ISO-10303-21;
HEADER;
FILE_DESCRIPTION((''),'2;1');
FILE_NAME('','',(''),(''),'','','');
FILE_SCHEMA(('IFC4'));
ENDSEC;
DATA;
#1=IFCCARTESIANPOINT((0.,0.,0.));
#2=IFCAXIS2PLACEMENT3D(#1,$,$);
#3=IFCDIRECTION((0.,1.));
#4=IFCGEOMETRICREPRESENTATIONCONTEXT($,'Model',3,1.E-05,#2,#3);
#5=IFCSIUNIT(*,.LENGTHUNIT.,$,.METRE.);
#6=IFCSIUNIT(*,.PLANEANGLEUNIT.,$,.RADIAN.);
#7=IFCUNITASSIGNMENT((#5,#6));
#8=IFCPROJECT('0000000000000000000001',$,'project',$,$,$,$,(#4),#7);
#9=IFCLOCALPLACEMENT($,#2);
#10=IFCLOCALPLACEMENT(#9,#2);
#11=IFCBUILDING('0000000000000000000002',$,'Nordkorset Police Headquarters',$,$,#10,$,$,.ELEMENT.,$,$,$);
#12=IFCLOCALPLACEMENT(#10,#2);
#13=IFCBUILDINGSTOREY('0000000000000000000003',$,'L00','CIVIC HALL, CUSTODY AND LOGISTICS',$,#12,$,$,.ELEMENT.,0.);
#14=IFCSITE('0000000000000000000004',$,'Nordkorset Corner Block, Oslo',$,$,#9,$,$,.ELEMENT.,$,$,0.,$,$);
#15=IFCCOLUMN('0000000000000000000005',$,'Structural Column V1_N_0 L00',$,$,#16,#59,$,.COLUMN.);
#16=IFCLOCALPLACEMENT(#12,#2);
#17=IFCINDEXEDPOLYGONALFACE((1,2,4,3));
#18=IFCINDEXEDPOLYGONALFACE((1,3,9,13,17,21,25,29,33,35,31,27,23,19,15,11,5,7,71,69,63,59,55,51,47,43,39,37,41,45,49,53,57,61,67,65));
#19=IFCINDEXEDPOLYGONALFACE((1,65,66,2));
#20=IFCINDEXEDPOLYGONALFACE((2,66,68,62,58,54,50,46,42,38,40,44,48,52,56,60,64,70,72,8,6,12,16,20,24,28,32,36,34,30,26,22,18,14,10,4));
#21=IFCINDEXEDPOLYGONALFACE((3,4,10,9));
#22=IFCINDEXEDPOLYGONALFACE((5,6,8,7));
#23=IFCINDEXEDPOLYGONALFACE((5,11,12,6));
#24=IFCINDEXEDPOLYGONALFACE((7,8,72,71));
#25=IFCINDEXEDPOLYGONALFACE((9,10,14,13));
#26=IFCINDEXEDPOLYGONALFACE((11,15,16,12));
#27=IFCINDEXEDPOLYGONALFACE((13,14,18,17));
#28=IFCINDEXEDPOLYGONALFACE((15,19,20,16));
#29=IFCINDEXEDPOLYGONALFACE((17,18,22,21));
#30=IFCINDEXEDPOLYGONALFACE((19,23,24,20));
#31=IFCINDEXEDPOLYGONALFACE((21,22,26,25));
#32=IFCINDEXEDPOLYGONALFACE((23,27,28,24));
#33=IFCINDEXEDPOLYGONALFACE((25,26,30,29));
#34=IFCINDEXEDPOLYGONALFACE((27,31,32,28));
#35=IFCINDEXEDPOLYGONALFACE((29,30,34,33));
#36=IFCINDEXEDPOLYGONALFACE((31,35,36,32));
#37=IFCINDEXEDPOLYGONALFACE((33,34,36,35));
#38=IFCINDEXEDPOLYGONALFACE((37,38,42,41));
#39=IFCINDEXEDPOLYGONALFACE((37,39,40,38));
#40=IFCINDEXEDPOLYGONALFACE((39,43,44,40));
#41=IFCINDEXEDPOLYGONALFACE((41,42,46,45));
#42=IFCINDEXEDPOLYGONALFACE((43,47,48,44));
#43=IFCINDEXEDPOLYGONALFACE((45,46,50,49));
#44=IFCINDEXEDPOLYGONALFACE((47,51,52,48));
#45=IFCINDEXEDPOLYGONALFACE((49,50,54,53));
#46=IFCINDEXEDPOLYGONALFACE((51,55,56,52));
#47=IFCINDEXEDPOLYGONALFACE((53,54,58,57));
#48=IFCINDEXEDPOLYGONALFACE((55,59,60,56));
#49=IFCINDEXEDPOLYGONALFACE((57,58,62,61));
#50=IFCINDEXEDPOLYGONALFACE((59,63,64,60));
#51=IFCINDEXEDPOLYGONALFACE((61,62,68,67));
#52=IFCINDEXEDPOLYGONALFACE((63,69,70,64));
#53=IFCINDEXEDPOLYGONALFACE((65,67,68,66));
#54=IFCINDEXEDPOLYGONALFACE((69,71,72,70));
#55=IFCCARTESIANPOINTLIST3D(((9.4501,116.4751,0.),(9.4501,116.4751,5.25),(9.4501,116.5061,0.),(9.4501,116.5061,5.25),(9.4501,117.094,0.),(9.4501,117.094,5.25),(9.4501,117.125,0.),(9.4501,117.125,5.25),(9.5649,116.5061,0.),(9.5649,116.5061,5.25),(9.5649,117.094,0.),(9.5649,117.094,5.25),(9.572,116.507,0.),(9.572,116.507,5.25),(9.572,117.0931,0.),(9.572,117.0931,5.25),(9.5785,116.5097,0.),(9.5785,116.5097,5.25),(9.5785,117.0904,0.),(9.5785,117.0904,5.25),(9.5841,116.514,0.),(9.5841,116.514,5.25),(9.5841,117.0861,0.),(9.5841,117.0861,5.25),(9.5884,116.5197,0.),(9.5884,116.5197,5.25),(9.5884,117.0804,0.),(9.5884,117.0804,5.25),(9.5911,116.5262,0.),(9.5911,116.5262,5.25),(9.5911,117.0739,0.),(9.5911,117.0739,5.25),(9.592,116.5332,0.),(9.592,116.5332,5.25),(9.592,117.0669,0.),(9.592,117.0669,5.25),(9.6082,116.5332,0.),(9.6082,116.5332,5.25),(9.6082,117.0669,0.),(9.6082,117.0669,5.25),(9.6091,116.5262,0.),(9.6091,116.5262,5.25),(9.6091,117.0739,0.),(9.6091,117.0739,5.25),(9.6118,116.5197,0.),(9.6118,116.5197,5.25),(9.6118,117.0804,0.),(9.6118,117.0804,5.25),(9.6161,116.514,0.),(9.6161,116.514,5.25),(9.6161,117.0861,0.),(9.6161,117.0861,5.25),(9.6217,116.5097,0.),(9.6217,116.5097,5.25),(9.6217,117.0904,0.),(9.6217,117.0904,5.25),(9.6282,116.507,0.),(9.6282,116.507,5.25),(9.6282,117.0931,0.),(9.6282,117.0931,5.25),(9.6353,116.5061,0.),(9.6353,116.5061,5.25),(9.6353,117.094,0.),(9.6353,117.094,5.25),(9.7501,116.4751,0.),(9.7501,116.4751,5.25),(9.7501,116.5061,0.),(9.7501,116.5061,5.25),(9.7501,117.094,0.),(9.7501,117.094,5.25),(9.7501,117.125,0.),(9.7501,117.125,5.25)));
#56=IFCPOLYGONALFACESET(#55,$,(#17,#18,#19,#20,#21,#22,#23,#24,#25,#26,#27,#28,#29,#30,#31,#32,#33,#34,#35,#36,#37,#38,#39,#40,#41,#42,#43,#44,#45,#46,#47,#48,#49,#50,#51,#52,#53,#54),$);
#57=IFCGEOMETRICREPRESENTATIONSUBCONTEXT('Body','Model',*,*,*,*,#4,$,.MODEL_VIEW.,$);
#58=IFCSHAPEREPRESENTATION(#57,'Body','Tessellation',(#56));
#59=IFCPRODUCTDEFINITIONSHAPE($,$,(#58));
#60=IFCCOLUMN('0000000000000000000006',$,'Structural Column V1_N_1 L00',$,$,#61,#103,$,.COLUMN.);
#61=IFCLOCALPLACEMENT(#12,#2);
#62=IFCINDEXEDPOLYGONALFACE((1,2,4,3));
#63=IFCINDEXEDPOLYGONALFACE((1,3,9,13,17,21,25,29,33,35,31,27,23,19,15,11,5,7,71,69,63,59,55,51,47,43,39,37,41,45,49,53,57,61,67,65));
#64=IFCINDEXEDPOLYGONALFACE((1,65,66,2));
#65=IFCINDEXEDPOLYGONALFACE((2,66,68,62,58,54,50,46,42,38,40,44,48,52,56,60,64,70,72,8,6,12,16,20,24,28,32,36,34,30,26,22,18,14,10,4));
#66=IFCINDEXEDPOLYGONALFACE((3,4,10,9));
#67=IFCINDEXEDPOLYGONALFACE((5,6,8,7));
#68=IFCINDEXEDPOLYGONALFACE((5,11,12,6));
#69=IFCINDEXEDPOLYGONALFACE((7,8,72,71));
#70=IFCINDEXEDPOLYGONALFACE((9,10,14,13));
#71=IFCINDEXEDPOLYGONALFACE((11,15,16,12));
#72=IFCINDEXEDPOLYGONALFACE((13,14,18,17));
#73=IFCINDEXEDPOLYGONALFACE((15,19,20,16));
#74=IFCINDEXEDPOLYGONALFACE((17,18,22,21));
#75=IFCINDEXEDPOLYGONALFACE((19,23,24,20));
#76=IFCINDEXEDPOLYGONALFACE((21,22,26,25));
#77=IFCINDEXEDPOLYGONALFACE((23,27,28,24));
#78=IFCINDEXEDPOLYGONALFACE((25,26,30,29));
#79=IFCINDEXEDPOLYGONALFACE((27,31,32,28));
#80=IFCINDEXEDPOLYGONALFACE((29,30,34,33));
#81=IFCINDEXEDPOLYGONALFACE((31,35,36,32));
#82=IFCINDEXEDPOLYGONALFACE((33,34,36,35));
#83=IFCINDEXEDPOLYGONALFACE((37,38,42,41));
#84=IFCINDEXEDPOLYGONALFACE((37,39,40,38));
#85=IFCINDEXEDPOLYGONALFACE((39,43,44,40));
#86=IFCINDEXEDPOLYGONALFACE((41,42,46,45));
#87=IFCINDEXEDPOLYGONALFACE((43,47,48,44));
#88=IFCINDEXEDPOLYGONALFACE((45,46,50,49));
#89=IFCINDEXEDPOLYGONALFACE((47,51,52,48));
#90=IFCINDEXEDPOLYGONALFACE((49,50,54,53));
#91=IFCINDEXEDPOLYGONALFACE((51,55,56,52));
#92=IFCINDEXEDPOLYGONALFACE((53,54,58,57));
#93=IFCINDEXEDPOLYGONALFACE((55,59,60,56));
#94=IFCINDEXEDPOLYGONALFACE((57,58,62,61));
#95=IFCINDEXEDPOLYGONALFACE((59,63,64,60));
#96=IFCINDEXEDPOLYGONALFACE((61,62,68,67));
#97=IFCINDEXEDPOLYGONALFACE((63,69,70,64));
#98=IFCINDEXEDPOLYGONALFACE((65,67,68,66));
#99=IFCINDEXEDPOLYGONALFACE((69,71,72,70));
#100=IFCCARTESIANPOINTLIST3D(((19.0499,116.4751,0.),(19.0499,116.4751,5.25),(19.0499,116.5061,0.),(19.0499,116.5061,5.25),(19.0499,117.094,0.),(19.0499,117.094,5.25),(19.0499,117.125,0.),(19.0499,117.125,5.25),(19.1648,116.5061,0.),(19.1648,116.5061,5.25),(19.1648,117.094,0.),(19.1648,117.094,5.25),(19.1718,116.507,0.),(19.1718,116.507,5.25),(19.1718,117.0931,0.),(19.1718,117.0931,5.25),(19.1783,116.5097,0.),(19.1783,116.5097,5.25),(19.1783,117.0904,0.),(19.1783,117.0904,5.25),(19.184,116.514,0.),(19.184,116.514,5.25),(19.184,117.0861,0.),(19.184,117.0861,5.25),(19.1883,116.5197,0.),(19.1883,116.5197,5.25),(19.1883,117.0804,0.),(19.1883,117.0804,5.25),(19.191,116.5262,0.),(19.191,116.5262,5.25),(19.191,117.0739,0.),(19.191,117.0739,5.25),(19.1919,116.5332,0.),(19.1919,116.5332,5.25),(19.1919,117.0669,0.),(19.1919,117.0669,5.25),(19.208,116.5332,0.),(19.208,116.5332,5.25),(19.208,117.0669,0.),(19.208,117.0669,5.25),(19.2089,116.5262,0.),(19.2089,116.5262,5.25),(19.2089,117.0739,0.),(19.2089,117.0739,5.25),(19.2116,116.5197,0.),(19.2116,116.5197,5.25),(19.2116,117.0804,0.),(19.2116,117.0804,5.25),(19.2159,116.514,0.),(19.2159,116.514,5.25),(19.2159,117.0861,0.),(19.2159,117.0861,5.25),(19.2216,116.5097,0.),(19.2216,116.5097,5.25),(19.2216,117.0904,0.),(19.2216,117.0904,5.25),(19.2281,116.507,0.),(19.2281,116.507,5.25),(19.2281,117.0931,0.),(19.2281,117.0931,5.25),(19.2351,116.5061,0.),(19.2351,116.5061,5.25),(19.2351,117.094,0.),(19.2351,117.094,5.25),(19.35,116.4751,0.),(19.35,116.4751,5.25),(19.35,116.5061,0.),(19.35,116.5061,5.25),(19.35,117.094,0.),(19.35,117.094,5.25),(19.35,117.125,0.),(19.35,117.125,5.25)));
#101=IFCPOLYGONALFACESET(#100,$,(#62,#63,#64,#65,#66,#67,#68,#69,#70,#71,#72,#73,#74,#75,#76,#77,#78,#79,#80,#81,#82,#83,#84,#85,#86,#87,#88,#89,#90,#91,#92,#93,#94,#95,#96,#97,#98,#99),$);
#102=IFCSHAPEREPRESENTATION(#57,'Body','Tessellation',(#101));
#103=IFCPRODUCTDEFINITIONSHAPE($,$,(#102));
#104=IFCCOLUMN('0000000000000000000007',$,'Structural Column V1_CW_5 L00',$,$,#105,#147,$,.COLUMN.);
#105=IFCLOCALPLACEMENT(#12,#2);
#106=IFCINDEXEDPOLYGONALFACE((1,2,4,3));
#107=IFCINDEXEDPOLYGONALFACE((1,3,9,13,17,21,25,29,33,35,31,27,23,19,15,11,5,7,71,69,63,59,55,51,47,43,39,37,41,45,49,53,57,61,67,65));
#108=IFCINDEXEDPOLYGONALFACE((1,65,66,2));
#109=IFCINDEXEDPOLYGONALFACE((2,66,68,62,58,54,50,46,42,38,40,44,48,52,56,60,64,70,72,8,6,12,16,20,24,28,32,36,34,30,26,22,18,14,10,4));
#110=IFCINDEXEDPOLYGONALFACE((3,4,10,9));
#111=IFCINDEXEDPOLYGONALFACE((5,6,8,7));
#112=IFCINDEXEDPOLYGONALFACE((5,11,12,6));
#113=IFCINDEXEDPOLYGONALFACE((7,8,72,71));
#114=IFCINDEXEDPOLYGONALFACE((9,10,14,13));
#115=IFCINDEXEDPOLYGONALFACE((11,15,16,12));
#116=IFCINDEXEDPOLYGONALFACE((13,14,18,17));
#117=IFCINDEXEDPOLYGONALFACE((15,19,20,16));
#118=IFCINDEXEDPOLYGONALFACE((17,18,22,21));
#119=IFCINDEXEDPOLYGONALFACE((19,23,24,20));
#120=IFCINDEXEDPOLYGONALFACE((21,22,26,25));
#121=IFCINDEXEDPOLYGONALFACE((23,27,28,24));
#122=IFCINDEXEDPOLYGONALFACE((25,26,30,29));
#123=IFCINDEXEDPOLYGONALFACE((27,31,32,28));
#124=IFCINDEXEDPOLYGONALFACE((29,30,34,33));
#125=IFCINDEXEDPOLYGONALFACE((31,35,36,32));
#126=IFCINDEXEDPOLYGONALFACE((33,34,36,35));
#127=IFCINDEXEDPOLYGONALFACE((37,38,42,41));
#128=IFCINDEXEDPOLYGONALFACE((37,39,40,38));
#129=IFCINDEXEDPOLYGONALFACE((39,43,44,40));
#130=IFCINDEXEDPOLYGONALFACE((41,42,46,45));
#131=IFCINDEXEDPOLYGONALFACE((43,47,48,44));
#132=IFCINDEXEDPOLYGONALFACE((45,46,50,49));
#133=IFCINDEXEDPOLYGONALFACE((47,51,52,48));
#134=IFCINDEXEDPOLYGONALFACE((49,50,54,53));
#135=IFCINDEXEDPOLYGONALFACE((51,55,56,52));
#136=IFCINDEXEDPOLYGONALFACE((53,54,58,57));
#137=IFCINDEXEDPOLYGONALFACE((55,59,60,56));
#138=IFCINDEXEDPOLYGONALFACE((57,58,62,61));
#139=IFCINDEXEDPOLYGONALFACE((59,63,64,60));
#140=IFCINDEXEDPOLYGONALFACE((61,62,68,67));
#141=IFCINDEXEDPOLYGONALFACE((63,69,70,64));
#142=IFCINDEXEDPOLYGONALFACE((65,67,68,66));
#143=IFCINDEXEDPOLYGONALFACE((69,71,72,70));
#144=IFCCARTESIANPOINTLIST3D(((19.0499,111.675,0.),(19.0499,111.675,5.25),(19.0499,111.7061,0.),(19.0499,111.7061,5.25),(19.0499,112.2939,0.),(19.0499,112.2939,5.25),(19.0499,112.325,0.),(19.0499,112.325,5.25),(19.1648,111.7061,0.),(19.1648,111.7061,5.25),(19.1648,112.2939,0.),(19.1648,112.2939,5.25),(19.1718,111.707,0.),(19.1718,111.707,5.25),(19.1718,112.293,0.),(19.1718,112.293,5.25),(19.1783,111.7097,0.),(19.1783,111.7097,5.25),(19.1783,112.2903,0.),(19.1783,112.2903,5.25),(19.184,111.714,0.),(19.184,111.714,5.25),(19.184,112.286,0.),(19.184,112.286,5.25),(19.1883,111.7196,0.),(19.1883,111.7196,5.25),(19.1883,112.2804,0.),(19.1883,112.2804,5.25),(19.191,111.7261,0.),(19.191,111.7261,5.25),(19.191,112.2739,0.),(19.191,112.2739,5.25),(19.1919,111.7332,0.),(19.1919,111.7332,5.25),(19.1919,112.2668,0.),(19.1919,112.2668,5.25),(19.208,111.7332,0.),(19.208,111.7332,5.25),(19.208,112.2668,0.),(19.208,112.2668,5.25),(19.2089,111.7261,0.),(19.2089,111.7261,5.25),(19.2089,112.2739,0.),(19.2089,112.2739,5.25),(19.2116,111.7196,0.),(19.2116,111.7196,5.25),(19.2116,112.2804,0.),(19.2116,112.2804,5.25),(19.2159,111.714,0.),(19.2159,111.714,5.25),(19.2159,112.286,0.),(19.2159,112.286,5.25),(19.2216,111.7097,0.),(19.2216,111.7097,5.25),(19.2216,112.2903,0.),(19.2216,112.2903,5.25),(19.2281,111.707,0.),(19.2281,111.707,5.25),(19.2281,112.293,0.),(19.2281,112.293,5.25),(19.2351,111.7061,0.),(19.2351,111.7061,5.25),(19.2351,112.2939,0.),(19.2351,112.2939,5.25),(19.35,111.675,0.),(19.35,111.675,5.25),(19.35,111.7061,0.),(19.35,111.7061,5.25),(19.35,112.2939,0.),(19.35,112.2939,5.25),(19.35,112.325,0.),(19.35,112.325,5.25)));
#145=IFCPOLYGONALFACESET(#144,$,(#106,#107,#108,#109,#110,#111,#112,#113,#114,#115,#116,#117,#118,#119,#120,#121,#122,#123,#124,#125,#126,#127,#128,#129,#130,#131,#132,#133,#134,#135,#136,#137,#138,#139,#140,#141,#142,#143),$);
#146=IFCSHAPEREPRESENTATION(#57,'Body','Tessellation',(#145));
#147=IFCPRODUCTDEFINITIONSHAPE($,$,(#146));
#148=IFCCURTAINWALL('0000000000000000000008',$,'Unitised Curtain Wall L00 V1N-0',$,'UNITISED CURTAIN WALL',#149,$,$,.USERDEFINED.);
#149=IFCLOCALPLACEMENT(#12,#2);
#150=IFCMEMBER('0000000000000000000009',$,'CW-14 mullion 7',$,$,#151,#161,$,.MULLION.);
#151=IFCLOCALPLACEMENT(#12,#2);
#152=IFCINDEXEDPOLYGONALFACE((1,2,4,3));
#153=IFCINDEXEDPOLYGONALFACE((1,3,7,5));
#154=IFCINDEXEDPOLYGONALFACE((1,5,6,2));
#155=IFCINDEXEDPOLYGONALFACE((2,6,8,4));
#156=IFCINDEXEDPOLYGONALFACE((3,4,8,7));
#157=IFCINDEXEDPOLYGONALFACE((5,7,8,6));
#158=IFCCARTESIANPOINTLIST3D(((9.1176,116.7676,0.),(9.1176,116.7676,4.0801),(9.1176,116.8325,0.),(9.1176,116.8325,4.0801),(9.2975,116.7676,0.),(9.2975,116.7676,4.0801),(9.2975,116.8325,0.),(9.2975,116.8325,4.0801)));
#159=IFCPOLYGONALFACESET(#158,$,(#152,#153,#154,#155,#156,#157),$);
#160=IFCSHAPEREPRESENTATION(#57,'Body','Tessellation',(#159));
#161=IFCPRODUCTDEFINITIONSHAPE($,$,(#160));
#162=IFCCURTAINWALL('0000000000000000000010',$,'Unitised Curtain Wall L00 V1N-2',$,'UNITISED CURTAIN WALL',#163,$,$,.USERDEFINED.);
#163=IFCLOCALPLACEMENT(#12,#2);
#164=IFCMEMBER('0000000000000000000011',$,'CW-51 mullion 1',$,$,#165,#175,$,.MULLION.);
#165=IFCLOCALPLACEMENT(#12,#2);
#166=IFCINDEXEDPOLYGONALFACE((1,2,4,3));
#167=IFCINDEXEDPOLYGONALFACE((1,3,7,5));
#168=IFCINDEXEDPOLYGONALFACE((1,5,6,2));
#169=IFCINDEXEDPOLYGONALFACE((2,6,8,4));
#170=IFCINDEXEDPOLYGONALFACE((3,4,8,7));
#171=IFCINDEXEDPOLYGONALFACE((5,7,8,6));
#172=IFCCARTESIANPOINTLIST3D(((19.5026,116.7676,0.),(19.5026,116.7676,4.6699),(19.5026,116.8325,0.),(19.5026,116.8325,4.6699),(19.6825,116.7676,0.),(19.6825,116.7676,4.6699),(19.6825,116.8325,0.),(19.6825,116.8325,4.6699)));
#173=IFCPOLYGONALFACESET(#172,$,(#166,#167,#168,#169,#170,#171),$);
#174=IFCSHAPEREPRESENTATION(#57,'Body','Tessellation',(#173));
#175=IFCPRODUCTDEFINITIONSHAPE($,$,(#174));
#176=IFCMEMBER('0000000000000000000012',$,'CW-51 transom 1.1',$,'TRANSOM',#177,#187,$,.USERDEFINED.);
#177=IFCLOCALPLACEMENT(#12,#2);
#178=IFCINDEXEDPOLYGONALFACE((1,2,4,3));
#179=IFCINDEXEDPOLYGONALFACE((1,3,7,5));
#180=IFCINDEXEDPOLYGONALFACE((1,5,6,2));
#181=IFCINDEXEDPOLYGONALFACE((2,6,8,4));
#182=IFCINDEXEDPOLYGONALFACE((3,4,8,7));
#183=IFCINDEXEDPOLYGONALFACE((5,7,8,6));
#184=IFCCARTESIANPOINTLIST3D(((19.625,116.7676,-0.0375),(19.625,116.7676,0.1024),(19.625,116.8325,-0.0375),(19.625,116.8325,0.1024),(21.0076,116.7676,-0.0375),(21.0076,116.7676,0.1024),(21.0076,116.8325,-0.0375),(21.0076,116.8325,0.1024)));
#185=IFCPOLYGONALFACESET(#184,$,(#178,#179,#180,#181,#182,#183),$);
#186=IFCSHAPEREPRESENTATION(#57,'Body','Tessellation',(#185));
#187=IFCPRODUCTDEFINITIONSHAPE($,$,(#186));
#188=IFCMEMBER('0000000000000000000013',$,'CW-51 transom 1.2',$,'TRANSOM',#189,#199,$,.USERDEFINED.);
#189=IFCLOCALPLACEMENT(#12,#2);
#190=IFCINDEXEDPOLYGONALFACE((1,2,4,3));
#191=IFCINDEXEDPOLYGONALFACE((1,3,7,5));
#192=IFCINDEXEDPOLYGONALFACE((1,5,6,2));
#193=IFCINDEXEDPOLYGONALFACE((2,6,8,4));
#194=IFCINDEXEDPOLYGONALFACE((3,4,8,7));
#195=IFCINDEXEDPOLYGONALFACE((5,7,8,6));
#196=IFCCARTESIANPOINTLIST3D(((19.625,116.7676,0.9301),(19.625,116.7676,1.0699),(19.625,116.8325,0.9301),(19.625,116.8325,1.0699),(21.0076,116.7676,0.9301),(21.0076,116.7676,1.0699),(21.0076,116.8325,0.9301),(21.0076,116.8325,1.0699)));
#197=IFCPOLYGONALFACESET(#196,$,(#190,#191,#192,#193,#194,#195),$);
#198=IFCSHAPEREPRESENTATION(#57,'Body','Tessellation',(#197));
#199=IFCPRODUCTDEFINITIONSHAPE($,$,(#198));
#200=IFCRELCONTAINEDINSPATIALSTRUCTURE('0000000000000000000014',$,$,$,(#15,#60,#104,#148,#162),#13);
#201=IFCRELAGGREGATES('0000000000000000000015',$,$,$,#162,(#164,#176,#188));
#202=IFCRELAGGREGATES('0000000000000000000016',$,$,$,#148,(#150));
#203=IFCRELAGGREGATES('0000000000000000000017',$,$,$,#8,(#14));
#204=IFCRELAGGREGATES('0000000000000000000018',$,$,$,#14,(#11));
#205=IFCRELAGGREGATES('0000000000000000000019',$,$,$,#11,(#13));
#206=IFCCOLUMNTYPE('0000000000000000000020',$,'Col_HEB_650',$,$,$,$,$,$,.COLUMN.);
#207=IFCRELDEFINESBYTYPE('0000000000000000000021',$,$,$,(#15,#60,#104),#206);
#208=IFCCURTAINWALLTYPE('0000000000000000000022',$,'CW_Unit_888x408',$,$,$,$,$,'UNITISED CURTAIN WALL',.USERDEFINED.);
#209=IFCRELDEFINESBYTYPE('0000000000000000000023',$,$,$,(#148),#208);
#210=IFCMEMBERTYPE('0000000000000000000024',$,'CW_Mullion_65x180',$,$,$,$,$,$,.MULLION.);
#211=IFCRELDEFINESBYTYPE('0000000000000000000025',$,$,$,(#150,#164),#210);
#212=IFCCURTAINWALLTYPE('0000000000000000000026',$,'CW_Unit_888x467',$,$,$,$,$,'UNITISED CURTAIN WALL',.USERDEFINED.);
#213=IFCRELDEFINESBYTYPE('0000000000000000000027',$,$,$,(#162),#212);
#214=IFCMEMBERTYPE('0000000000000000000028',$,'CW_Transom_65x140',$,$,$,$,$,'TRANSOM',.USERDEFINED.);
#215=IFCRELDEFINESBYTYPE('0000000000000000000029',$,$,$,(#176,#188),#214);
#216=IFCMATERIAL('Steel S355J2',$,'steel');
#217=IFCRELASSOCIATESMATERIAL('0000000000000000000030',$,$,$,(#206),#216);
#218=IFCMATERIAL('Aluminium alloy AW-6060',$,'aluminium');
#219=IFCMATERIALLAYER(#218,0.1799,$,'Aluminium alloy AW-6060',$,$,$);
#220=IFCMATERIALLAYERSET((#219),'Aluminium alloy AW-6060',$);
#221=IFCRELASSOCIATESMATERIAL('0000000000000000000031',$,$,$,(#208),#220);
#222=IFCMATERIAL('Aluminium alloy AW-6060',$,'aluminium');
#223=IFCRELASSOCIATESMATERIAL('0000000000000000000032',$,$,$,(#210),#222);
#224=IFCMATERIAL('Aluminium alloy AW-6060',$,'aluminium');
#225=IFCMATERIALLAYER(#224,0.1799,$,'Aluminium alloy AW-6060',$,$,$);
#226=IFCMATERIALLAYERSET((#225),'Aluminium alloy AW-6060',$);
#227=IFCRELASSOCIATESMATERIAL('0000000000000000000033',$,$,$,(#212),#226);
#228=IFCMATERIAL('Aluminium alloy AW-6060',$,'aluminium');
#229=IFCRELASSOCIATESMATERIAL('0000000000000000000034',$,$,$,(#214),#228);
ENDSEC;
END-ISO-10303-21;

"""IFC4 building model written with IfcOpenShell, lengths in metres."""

from ifc_helpers import new_model, si_unit, direction, frame, origin, origin_2d, place, context, subcontext, project, spatial, rectangle, i_section, extrude, material, layer, layer_set, material_profile, profile_set, type_object, element, aggregate, save


model = new_model("IFC4")

# Units and contexts
model_context = context("Model", 3, precision=1e-05, world=origin(), true_north=direction((0.0, 1.0)))
body_context = subcontext(model_context, "Body", "Model", "MODEL_VIEW")
ifc_project = project(units=[si_unit("LENGTHUNIT", "METRE"), si_unit("PLANEANGLEUNIT", "RADIAN")], contexts=[model_context])

# Site, building, storey
site_placement = place(None, origin())
site = spatial("IfcSite", under=ifc_project, at=site_placement, Name="Nordkorset Corner Block, Oslo", CompositionType="ELEMENT", RefElevation=0.0)
building_placement = place(site_placement, origin())
building = spatial("IfcBuilding", under=site, at=building_placement, Name="Nordkorset Police Headquarters", CompositionType="ELEMENT")
storey_placement = place(building_placement, origin())
storey = spatial("IfcBuildingStorey", under=building, at=storey_placement, Name="L00", Description="CIVIC HALL, CUSTODY AND LOGISTICS", CompositionType="ELEMENT", Elevation=0.0)

# Columns
ifc_material_1 = material(Name="Steel S355J2", Category="steel")
ifc_material_profile_1 = material_profile(ifc_material_1, i_section(OverallWidth=0.3, OverallDepth=0.6499, WebThickness=0.0161, FlangeThickness=0.031, FilletRadius=0.0271, at=origin_2d()), Name="HEB 650")
ifc_profile_set_1 = profile_set([ifc_material_profile_1], Name="Steel S355J2")
column_type = type_object("IfcColumnType", Name="Col_HEB_650", PredefinedType="COLUMN", material=ifc_profile_set_1)
for number, where, z_axis, x_axis, name in (
    (1, (9.6001, 116.8, 0.0), (0.0, 0.0, 1.0), (1.0, 0.0, 0.0), "Structural Column V1_N_0 L00"),
    (2, (19.2, 116.8, 0.0), (0.0, 0.0, 1.0), (1.0, 0.0, 0.0), "Structural Column V1_N_1 L00"),
    (3, (19.2, 112.0, 0.0), (0.0, 0.0, 1.0), (1.0, 0.0, 0.0), "Structural Column V1_CW_5 L00"),
):
    element("IfcColumn", number, at=place(storey_placement, frame(where, z_axis=z_axis, x_axis=x_axis)), inside=storey, type_object=column_type, Name=name, PredefinedType="COLUMN", context=body_context, shape_type="SweptSolid", body=[
        extrude(i_section(OverallWidth=0.3, OverallDepth=0.6499, WebThickness=0.0161, FlangeThickness=0.031, FilletRadius=0.0271, at=origin_2d()), origin(), (0.0, 0.0, 1.0), 5.25),
    ])

# Curtain wall, member
ifc_material_2 = material(Name="Aluminium alloy AW-6060", Category="aluminium")
ifc_layer_1 = layer(ifc_material_2, 0.1799, Name="Aluminium alloy AW-6060")
ifc_layer_set_1 = layer_set([ifc_layer_1], Name="Aluminium alloy AW-6060")
curtain_wall_type_1 = type_object("IfcCurtainWallType", Name="CW_Unit_888x408", ElementType="UNITISED CURTAIN WALL", PredefinedType="USERDEFINED", material=ifc_layer_set_1)
curtain_wall_1_placement = place(storey_placement, origin())
curtain_wall_1 = element("IfcCurtainWall", 4, at=curtain_wall_1_placement, inside=storey, type_object=curtain_wall_type_1, Name="Unitised Curtain Wall L00 V1N-0", ObjectType="UNITISED CURTAIN WALL", PredefinedType="USERDEFINED")
ifc_material_3 = material(Name="Aluminium alloy AW-6060", Category="aluminium")
ifc_material_profile_2 = material_profile(ifc_material_3, rectangle(XDim=0.0649, YDim=0.1799, at=origin_2d()), Name="ALU MULL 65x180")
ifc_profile_set_2 = profile_set([ifc_material_profile_2], Name="Aluminium alloy AW-6060")
member_type_1 = type_object("IfcMemberType", Name="CW_Mullion_65x180", PredefinedType="MULLION", material=ifc_profile_set_2)
member_1_placement = place(storey_placement, frame((9.2075, 116.8, 0.0), z_axis=(0.0, 0.0, 1.0), x_axis=(0.0, 1.0, 0.0)))
member_1 = element("IfcMember", 5, at=member_1_placement, type_object=member_type_1, Name="CW-14 mullion 7", PredefinedType="MULLION", context=body_context, shape_type="SweptSolid", body=[
    extrude(rectangle(XDim=0.0649, YDim=0.1799, at=origin_2d()), origin(), (0.0, 0.0, 1.0), 4.0801),
])

# Curtain wall, members
ifc_material_4 = material(Name="Aluminium alloy AW-6060", Category="aluminium")
ifc_layer_2 = layer(ifc_material_4, 0.1799, Name="Aluminium alloy AW-6060")
ifc_layer_set_2 = layer_set([ifc_layer_2], Name="Aluminium alloy AW-6060")
curtain_wall_type_2 = type_object("IfcCurtainWallType", Name="CW_Unit_888x467", ElementType="UNITISED CURTAIN WALL", PredefinedType="USERDEFINED", material=ifc_layer_set_2)
curtain_wall_2_placement = place(storey_placement, origin())
curtain_wall_2 = element("IfcCurtainWall", 6, at=curtain_wall_2_placement, inside=storey, type_object=curtain_wall_type_2, Name="Unitised Curtain Wall L00 V1N-2", ObjectType="UNITISED CURTAIN WALL", PredefinedType="USERDEFINED")
member_2_placement = place(storey_placement, frame((19.5925, 116.8, 0.0), z_axis=(0.0, 0.0, 1.0), x_axis=(0.0, 1.0, 0.0)))
member_2 = element("IfcMember", 7, at=member_2_placement, type_object=member_type_1, Name="CW-51 mullion 1", PredefinedType="MULLION", context=body_context, shape_type="SweptSolid", body=[
    extrude(rectangle(XDim=0.0649, YDim=0.1799, at=origin_2d()), origin(), (0.0, 0.0, 1.0), 4.6699),
])
ifc_material_5 = material(Name="Aluminium alloy AW-6060", Category="aluminium")
ifc_material_profile_3 = material_profile(ifc_material_5, rectangle(XDim=0.0649, YDim=0.1399, at=origin_2d()), Name="ALU TRAN 65x140")
ifc_profile_set_3 = profile_set([ifc_material_profile_3], Name="Aluminium alloy AW-6060")
member_type_2 = type_object("IfcMemberType", Name="CW_Transom_65x140", ElementType="TRANSOM", PredefinedType="USERDEFINED", material=ifc_profile_set_3)
member_3_placement = place(storey_placement, frame((19.625, 116.8, 0.0325), z_axis=(1.0, 0.0, 0.0), x_axis=(0.0, 1.0, 0.0)))
member_3 = element("IfcMember", 8, at=member_3_placement, type_object=member_type_2, Name="CW-51 transom 1.1", ObjectType="TRANSOM", PredefinedType="USERDEFINED", context=body_context, shape_type="SweptSolid", body=[
    extrude(rectangle(XDim=0.0649, YDim=0.1399, at=origin_2d()), origin(), (0.0, 0.0, 1.0), 1.3826),
])
member_4_placement = place(storey_placement, frame((19.625, 116.8, 1.0), z_axis=(1.0, 0.0, 0.0), x_axis=(0.0, 1.0, 0.0)))
member_4 = element("IfcMember", 9, at=member_4_placement, type_object=member_type_2, Name="CW-51 transom 1.2", ObjectType="TRANSOM", PredefinedType="USERDEFINED", context=body_context, shape_type="SweptSolid", body=[
    extrude(rectangle(XDim=0.0649, YDim=0.1399, at=origin_2d()), origin(), (0.0, 0.0, 1.0), 1.3826),
])
aggregate(curtain_wall_2, [member_2, member_3, member_4])

aggregate(curtain_wall_1, [member_1])

save(model, "model.ifc")
